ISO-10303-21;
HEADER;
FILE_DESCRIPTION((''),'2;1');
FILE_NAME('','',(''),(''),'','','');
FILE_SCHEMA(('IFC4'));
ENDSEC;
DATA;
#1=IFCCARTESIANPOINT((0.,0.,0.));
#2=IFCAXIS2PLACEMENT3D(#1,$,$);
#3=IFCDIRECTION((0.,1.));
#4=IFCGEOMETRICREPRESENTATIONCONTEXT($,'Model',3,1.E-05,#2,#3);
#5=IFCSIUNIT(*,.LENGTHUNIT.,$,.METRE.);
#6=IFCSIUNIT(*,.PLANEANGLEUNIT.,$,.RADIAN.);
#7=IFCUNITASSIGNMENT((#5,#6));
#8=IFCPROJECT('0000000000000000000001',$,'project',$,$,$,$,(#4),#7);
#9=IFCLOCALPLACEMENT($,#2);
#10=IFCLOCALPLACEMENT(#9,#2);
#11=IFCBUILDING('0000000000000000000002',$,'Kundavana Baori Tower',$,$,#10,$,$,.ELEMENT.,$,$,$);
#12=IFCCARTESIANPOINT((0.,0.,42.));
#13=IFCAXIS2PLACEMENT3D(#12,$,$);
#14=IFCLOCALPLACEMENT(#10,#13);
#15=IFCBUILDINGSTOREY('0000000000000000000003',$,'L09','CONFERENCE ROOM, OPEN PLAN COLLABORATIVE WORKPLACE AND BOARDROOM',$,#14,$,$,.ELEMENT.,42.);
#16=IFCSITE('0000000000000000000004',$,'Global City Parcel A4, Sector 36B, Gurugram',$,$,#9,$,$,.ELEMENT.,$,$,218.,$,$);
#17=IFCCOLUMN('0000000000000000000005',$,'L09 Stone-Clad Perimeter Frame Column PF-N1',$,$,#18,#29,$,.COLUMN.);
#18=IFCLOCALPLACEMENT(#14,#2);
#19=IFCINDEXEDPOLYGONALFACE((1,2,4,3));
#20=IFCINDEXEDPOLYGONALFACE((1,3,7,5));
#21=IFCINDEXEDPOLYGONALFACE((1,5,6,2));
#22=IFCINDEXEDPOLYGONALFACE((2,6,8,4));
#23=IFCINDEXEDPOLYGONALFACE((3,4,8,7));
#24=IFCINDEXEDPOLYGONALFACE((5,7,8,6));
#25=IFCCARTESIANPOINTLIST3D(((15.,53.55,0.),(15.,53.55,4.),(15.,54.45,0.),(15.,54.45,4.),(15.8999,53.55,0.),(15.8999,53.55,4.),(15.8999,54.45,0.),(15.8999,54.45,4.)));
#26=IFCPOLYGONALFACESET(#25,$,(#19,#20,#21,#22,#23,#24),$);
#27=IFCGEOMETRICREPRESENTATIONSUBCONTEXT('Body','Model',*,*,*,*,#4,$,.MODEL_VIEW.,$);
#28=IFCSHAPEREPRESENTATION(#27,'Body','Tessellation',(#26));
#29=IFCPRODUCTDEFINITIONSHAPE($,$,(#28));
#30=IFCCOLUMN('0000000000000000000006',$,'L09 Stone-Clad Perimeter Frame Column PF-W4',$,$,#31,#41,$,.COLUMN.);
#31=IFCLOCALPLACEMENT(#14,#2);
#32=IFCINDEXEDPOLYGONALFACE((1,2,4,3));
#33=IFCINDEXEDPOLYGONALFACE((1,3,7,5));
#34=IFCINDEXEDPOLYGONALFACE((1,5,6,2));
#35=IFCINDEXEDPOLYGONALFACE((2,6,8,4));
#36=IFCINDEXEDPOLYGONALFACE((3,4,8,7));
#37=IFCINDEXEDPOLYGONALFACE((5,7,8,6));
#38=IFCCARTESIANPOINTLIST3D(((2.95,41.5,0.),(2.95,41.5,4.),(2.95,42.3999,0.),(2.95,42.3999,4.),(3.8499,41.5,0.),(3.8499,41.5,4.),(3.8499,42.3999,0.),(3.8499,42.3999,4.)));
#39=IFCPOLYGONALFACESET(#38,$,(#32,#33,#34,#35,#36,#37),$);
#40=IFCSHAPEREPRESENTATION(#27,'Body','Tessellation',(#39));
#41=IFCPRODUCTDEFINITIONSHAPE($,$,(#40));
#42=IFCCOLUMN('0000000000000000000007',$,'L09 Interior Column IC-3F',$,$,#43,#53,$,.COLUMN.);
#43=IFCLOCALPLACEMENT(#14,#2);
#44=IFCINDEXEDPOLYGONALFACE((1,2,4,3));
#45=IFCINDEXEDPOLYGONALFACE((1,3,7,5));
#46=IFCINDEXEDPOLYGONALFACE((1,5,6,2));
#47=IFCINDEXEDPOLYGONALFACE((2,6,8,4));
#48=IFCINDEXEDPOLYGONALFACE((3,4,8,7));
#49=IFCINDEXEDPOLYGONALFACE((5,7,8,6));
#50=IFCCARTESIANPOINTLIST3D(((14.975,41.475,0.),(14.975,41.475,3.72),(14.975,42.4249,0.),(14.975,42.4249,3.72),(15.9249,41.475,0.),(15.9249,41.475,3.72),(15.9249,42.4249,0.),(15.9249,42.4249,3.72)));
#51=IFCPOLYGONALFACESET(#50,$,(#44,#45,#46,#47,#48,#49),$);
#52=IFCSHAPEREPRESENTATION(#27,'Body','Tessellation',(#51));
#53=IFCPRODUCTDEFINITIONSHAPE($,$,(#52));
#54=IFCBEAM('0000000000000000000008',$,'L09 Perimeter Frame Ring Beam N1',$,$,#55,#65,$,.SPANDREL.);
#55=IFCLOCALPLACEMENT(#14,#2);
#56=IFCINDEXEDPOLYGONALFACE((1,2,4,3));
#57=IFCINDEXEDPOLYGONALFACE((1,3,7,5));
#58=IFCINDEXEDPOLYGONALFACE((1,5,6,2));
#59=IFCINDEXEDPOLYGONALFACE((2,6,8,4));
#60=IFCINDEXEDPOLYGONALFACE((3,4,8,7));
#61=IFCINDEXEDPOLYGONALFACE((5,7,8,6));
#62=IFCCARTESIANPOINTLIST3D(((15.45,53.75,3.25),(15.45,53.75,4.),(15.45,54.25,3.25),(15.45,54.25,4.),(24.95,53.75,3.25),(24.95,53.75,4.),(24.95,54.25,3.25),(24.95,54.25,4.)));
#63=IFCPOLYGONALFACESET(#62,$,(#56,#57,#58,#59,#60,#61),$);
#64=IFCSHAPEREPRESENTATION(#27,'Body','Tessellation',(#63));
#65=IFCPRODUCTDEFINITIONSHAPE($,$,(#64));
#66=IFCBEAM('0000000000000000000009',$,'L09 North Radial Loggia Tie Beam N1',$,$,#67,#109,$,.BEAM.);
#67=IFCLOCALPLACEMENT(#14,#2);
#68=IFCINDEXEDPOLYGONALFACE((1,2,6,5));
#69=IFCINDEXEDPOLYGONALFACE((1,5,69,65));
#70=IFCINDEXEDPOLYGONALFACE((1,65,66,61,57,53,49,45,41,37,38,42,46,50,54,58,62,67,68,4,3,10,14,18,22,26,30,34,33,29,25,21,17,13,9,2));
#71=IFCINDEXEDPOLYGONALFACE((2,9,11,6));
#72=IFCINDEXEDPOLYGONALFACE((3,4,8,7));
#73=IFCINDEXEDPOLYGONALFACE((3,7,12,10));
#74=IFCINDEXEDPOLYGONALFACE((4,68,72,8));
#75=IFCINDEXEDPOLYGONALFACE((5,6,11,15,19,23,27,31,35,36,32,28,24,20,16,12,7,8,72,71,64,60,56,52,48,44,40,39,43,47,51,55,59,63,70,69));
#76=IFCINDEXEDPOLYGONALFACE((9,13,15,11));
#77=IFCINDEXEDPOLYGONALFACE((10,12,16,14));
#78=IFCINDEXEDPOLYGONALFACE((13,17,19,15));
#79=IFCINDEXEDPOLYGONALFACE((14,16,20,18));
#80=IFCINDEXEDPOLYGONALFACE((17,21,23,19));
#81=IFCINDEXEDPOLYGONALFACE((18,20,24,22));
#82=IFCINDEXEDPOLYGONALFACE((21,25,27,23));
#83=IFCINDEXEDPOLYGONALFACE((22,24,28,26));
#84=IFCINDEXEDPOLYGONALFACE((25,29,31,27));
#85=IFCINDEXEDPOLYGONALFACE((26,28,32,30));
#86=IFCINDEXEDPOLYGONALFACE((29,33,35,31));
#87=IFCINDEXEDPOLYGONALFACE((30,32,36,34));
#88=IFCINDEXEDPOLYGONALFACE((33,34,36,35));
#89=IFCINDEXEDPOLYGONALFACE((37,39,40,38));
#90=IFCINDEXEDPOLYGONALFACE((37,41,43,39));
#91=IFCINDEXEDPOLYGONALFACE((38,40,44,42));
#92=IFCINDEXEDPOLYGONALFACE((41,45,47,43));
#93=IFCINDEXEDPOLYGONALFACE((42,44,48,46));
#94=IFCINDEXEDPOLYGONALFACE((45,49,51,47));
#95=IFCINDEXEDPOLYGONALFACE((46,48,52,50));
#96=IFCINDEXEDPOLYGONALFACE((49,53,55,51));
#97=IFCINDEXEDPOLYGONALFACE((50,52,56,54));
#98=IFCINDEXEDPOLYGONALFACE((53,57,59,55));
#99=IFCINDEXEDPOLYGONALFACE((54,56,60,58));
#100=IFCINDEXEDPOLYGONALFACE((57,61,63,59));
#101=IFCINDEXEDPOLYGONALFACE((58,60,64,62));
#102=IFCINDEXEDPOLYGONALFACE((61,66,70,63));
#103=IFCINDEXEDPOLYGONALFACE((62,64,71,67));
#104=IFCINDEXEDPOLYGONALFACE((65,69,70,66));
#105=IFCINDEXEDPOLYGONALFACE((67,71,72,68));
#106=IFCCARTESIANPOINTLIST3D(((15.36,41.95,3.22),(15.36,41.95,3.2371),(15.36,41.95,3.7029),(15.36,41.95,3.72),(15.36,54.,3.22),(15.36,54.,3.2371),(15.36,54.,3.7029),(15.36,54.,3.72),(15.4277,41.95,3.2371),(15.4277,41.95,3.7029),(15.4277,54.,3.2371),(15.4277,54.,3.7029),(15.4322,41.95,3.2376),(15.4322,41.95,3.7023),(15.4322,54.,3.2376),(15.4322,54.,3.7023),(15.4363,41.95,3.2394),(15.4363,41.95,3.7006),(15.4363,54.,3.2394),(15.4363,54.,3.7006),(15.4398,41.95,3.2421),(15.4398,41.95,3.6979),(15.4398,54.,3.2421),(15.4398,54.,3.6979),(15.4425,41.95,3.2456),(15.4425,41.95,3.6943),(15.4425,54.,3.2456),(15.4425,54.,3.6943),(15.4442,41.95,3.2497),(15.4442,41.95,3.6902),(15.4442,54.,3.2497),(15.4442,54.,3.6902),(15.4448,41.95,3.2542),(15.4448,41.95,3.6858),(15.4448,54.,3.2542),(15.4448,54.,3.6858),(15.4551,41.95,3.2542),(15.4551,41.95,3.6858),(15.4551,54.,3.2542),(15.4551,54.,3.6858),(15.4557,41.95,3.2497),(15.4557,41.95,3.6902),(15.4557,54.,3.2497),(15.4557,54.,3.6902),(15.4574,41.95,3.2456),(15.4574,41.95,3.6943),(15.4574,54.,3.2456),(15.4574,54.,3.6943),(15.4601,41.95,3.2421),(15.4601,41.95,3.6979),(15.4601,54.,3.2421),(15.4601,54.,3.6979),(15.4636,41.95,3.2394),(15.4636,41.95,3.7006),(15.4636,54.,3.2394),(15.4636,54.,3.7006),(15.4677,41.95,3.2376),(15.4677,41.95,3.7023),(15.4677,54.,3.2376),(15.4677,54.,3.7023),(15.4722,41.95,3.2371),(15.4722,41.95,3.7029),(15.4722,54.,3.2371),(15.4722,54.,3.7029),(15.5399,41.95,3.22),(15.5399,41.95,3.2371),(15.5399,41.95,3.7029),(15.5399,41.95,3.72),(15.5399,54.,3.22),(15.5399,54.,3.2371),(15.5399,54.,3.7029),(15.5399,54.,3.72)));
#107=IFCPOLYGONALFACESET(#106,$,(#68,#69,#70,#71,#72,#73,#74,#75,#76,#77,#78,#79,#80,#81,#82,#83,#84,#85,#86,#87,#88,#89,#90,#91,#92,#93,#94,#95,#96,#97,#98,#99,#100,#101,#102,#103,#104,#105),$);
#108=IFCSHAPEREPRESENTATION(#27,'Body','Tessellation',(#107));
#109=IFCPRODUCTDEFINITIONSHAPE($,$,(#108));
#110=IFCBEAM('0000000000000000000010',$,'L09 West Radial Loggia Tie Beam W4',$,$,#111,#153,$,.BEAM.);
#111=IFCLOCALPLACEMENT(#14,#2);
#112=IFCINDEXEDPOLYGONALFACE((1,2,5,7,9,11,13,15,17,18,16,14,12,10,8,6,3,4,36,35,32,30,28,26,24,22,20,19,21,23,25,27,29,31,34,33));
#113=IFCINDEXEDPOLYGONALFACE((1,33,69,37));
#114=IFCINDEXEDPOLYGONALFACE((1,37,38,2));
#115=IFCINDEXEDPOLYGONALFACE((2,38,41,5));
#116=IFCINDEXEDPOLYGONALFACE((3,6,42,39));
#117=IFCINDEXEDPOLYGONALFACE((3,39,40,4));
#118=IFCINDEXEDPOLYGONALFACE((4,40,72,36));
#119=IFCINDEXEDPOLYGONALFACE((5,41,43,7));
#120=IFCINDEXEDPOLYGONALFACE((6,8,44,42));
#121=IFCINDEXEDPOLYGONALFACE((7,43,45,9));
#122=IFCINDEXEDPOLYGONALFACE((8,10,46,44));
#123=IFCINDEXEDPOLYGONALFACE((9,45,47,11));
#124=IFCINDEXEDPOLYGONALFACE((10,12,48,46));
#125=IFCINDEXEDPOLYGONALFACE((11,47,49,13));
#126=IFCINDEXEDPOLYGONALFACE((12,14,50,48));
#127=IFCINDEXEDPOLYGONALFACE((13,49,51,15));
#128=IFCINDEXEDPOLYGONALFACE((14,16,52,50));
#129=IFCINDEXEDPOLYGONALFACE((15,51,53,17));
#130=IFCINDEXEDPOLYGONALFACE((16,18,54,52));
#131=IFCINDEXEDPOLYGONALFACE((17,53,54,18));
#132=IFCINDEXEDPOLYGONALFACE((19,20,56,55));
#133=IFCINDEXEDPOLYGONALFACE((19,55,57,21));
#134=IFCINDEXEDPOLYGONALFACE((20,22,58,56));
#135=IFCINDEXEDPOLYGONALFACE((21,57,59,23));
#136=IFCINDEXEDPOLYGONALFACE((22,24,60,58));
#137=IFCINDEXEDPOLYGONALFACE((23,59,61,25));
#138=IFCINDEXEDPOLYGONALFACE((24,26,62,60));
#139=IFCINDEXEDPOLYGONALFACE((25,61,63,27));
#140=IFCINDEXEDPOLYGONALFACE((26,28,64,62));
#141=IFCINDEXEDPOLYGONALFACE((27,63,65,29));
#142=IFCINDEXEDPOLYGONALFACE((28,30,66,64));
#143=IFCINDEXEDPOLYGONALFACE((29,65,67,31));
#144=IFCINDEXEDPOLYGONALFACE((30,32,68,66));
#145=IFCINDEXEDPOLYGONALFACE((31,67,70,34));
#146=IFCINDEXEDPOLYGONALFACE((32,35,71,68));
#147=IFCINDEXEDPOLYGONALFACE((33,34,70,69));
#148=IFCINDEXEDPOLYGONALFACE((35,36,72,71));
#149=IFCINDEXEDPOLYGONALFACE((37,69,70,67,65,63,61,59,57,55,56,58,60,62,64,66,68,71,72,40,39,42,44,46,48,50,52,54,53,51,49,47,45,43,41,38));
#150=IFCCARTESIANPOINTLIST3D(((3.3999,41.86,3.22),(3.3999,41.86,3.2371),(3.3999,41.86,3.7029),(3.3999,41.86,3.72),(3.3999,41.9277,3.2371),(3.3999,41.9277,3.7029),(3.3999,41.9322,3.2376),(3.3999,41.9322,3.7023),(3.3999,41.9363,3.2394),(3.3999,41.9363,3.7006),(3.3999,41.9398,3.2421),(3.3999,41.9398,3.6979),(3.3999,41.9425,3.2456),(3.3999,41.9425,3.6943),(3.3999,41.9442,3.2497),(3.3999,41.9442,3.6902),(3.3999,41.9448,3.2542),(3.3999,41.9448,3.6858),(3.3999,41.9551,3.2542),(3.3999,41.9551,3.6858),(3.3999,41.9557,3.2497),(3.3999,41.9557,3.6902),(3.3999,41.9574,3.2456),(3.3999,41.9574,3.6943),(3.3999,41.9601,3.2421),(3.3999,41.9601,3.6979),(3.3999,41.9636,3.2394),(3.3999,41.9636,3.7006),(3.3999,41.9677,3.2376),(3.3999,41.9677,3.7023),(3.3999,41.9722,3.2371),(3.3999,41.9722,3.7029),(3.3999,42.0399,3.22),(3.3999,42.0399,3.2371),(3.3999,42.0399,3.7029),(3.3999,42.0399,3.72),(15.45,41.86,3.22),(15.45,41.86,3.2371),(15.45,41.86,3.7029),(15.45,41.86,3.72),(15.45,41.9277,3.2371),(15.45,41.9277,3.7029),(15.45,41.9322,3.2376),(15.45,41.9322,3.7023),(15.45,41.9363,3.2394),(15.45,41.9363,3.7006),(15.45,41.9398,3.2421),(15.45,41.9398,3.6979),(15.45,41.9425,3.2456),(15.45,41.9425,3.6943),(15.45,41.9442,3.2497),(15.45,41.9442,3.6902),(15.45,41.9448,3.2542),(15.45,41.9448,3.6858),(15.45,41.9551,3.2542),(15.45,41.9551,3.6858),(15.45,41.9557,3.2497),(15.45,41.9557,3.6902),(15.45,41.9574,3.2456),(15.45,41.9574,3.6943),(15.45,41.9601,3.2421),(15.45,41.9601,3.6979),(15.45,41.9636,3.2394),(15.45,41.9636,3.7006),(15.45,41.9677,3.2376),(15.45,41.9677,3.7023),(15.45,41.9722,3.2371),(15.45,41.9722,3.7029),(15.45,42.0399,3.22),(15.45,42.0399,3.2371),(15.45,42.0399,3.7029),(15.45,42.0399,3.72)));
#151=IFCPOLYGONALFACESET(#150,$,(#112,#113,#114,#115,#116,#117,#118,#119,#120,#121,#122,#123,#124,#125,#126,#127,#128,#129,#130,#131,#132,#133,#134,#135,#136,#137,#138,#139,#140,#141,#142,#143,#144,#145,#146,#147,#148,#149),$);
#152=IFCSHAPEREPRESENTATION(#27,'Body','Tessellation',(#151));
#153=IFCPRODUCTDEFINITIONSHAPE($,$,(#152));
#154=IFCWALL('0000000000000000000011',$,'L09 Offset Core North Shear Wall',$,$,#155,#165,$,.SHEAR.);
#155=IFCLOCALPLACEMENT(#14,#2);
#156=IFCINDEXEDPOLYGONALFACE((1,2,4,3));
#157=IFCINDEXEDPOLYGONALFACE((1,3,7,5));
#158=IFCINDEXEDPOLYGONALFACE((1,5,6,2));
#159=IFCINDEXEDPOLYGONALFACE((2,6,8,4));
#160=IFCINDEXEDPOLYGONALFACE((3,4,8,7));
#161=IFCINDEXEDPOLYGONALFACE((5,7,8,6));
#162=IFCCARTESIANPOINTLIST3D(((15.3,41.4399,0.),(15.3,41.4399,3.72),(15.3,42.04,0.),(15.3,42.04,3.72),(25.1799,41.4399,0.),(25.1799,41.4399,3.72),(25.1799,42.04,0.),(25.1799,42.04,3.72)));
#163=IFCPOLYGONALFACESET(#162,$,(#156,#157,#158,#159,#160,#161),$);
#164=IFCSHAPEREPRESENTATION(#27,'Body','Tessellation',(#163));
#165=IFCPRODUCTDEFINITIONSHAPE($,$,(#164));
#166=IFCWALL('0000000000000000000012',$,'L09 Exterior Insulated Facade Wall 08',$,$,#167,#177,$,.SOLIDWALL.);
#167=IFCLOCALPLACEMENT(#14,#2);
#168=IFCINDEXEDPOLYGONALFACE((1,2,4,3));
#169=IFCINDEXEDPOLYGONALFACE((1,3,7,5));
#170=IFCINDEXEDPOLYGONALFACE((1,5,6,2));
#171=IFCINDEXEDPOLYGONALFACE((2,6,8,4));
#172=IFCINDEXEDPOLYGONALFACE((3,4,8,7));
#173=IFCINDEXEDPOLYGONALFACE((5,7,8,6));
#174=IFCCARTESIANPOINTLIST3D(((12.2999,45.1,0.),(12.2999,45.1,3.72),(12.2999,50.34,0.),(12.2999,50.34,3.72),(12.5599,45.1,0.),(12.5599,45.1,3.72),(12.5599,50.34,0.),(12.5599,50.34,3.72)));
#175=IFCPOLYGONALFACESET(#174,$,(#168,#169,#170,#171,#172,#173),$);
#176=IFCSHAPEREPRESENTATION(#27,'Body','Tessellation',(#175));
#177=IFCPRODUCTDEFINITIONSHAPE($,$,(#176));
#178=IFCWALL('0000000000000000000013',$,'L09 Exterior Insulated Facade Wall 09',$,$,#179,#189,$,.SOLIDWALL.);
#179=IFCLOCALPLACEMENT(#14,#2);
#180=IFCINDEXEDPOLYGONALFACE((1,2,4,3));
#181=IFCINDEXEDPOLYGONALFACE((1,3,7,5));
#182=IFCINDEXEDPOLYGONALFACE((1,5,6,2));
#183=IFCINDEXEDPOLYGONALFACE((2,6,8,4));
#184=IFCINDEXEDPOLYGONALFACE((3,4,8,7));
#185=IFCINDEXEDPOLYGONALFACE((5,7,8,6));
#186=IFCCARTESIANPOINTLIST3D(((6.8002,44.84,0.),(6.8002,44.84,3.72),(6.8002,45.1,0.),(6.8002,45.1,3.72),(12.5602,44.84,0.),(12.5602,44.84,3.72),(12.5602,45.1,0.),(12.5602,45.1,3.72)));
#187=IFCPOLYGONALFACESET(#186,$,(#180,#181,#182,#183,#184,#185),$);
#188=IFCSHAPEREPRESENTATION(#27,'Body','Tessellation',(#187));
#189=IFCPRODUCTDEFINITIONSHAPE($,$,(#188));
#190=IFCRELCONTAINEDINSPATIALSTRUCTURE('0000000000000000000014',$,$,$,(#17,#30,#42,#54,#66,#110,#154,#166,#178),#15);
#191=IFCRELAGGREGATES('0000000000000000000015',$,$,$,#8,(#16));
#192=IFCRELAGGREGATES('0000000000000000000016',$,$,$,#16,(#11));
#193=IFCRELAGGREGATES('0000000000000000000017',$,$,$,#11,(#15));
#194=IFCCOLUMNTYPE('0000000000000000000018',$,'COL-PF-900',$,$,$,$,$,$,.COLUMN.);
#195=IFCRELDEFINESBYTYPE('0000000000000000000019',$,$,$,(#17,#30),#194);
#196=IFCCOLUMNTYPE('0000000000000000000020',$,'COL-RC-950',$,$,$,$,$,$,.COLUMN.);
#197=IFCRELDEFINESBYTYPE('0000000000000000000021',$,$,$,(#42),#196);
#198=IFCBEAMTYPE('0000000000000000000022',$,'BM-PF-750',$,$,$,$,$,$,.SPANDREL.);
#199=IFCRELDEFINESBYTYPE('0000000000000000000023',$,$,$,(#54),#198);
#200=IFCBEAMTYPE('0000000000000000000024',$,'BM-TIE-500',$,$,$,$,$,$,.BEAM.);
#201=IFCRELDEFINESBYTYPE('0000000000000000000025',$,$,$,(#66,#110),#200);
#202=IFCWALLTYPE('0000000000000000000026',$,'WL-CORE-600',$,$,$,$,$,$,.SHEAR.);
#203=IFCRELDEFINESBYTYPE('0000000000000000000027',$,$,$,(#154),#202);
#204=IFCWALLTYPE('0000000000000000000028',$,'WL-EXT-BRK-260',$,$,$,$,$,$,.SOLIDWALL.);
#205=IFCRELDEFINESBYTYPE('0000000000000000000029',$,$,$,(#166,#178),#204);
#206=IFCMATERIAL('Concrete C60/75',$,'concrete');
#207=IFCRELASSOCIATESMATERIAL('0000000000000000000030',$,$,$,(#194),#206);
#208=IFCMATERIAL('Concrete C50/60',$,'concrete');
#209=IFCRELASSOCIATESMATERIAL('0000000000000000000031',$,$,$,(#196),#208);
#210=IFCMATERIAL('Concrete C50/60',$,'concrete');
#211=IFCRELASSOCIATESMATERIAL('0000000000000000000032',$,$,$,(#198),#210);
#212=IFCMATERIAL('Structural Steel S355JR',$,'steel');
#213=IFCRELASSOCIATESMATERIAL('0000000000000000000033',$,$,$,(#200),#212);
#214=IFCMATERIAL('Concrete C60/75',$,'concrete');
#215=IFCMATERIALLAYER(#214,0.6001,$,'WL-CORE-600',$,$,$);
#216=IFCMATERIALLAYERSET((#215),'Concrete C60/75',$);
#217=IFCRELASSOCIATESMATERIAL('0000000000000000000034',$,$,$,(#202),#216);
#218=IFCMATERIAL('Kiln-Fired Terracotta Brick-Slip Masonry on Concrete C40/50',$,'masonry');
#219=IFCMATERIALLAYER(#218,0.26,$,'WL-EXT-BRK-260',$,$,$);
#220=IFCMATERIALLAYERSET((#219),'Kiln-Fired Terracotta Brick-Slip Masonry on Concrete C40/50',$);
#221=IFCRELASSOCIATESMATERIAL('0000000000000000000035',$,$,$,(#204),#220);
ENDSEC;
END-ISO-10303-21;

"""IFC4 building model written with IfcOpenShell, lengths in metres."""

from ifc_helpers import new_model, si_unit, direction, frame, frame_2d, origin, origin_2d, place, context, subcontext, project, spatial, rectangle, i_section, extrude, material, layer, layer_set, material_profile, profile_set, type_object, element, save


model = new_model("IFC4")

# Units and contexts
model_context = context("Model", 3, precision=1e-05, world=origin(), true_north=direction((0.0, 1.0)))
body_context = subcontext(model_context, "Body", "Model", "MODEL_VIEW")
ifc_project = project(units=[si_unit("LENGTHUNIT", "METRE"), si_unit("PLANEANGLEUNIT", "RADIAN")], contexts=[model_context])

# Site, building, storey
site_placement = place(None, origin())
site = spatial("IfcSite", under=ifc_project, at=site_placement, Name="Global City Parcel A4, Sector 36B, Gurugram", CompositionType="ELEMENT", RefElevation=218.0)
building_placement = place(site_placement, origin())
building = spatial("IfcBuilding", under=site, at=building_placement, Name="Kundavana Baori Tower", CompositionType="ELEMENT")
storey_placement = place(building_placement, frame((0.0, 0.0, 42.0)))
storey = spatial("IfcBuildingStorey", under=building, at=storey_placement, Name="L09", Description="CONFERENCE ROOM, OPEN PLAN COLLABORATIVE WORKPLACE AND BOARDROOM", CompositionType="ELEMENT", Elevation=42.0)

# Columns
ifc_material_1 = material(Name="Concrete C60/75", Category="concrete")
ifc_material_profile_1 = material_profile(ifc_material_1, rectangle(XDim=0.8999, YDim=0.8999, at=origin_2d()), Name="RC PF 900x900")
ifc_profile_set_1 = profile_set([ifc_material_profile_1], Name="Concrete C60/75")
column_type_1 = type_object("IfcColumnType", Name="COL-PF-900", PredefinedType="COLUMN", material=ifc_profile_set_1)
for number, where, z_axis, x_axis, name in (
    (1, (15.45, 54.0, 0.0), (0.0, 0.0, 1.0), (1.0, 0.0, 0.0), "L09 Stone-Clad Perimeter Frame Column PF-N1"),
    (2, (3.3999, 41.95, 0.0), (0.0, 0.0, 1.0), (1.0, 0.0, 0.0), "L09 Stone-Clad Perimeter Frame Column PF-W4"),
):
    element("IfcColumn", number, at=place(storey_placement, frame(where, z_axis=z_axis, x_axis=x_axis)), inside=storey, type_object=column_type_1, Name=name, PredefinedType="COLUMN", context=body_context, shape_type="SweptSolid", body=[
        extrude(rectangle(XDim=0.8999, YDim=0.8999, at=origin_2d()), origin(), (0.0, 0.0, 1.0), 4.0),
    ])
ifc_material_2 = material(Name="Concrete C50/60", Category="concrete")
ifc_material_profile_2 = material_profile(ifc_material_2, rectangle(XDim=0.95, YDim=0.95, at=origin_2d()), Name="RC 950x950")
ifc_profile_set_2 = profile_set([ifc_material_profile_2], Name="Concrete C50/60")
column_type_2 = type_object("IfcColumnType", Name="COL-RC-950", PredefinedType="COLUMN", material=ifc_profile_set_2)
column_placement = place(storey_placement, frame((15.45, 41.95, 0.0), z_axis=(0.0, 0.0, 1.0), x_axis=(1.0, 0.0, 0.0)))
element("IfcColumn", 3, at=column_placement, inside=storey, type_object=column_type_2, Name="L09 Interior Column IC-3F", PredefinedType="COLUMN", context=body_context, shape_type="SweptSolid", body=[
    extrude(rectangle(XDim=0.95, YDim=0.95, at=origin_2d()), origin(), (0.0, 0.0, 1.0), 3.72),
])

# Beams
ifc_material_3 = material(Name="Concrete C50/60", Category="concrete")
ifc_material_profile_3 = material_profile(ifc_material_3, rectangle(XDim=0.5, YDim=0.75, at=origin_2d()), Name="RC BM 500x750")
ifc_profile_set_3 = profile_set([ifc_material_profile_3], Name="Concrete C50/60")
beam_type_1 = type_object("IfcBeamType", Name="BM-PF-750", PredefinedType="SPANDREL", material=ifc_profile_set_3)
beam_placement = place(storey_placement, frame((15.45, 54.0, 3.625), z_axis=(1.0, 0.0, 0.0), x_axis=(0.0, 1.0, 0.0)))
element("IfcBeam", 4, at=beam_placement, inside=storey, type_object=beam_type_1, Name="L09 Perimeter Frame Ring Beam N1", PredefinedType="SPANDREL", context=body_context, shape_type="SweptSolid", body=[
    extrude(rectangle(XDim=0.5, YDim=0.75, at=origin_2d()), origin(), (0.0, 0.0, 1.0), 9.5),
])
ifc_material_4 = material(Name="Structural Steel S355JR", Category="steel")
ifc_material_profile_4 = material_profile(ifc_material_4, i_section(OverallWidth=0.1799, OverallDepth=0.5, WebThickness=0.0103, FlangeThickness=0.0171, FilletRadius=0.0171, at=origin_2d()), Name="ISMB 500")
ifc_profile_set_4 = profile_set([ifc_material_profile_4], Name="Structural Steel S355JR")
beam_type_2 = type_object("IfcBeamType", Name="BM-TIE-500", PredefinedType="BEAM", material=ifc_profile_set_4)
for number, where, z_axis, x_axis, name in (
    (5, (15.45, 41.95, 3.47), (0.0, 1.0, 0.0), (-1.0, 0.0, 0.0), "L09 North Radial Loggia Tie Beam N1"),
    (6, (15.45, 41.95, 3.47), (-1.0, 0.0, 0.0), (0.0, -1.0, 0.0), "L09 West Radial Loggia Tie Beam W4"),
):
    element("IfcBeam", number, at=place(storey_placement, frame(where, z_axis=z_axis, x_axis=x_axis)), inside=storey, type_object=beam_type_2, Name=name, PredefinedType="BEAM", context=body_context, shape_type="SweptSolid", body=[
        extrude(i_section(OverallWidth=0.1799, OverallDepth=0.5, WebThickness=0.0103, FlangeThickness=0.0171, FilletRadius=0.0171, at=origin_2d()), origin(), (0.0, 0.0, 1.0), 12.05),
    ])

# Walls
ifc_material_5 = material(Name="Concrete C60/75", Category="concrete")
ifc_layer_1 = layer(ifc_material_5, 0.6001, Name="WL-CORE-600")
ifc_layer_set_1 = layer_set([ifc_layer_1], Name="Concrete C60/75")
wall_type_1 = type_object("IfcWallType", Name="WL-CORE-600", PredefinedType="SHEAR", material=ifc_layer_set_1)
wall_1_placement = place(storey_placement, frame((15.3, 41.74, 0.0), z_axis=(0.0, 0.0, 1.0), x_axis=(1.0, 0.0, 0.0)))
element("IfcWall", 7, at=wall_1_placement, inside=storey, type_object=wall_type_1, Name="L09 Offset Core North Shear Wall", PredefinedType="SHEAR", context=body_context, shape_type="SweptSolid", body=[
    extrude(rectangle(XDim=9.8799, YDim=0.6001, at=frame_2d((4.9399, 0.0))), origin(), (0.0, 0.0, 1.0), 3.72),
])
ifc_material_6 = material(Name="Kiln-Fired Terracotta Brick-Slip Masonry on Concrete C40/50", Category="masonry")
ifc_layer_2 = layer(ifc_material_6, 0.26, Name="WL-EXT-BRK-260")
ifc_layer_set_2 = layer_set([ifc_layer_2], Name="Kiln-Fired Terracotta Brick-Slip Masonry on Concrete C40/50")
wall_type_2 = type_object("IfcWallType", Name="WL-EXT-BRK-260", PredefinedType="SOLIDWALL", material=ifc_layer_set_2)
wall_2_placement = place(storey_placement, frame((12.4299, 50.3401, 0.0), z_axis=(0.0, 0.0, 1.0), x_axis=(0.0, -1.0, 0.0)))
element("IfcWall", 8, at=wall_2_placement, inside=storey, type_object=wall_type_2, Name="L09 Exterior Insulated Facade Wall 08", PredefinedType="SOLIDWALL", context=body_context, shape_type="SweptSolid", body=[
    extrude(rectangle(XDim=5.24, YDim=0.26, at=frame_2d((2.6201, 0.0))), origin(), (0.0, 0.0, 1.0), 3.72),
])
wall_3_placement = place(storey_placement, frame((12.5601, 44.97, 0.0), z_axis=(0.0, 0.0, 1.0), x_axis=(-1.0, 0.0, 0.0)))
element("IfcWall", 9, at=wall_3_placement, inside=storey, type_object=wall_type_2, Name="L09 Exterior Insulated Facade Wall 09", PredefinedType="SOLIDWALL", context=body_context, shape_type="SweptSolid", body=[
    extrude(rectangle(XDim=5.76, YDim=0.26, at=frame_2d((2.8799, 0.0))), origin(), (0.0, 0.0, 1.0), 3.72),
])

save(model, "model.ifc")
